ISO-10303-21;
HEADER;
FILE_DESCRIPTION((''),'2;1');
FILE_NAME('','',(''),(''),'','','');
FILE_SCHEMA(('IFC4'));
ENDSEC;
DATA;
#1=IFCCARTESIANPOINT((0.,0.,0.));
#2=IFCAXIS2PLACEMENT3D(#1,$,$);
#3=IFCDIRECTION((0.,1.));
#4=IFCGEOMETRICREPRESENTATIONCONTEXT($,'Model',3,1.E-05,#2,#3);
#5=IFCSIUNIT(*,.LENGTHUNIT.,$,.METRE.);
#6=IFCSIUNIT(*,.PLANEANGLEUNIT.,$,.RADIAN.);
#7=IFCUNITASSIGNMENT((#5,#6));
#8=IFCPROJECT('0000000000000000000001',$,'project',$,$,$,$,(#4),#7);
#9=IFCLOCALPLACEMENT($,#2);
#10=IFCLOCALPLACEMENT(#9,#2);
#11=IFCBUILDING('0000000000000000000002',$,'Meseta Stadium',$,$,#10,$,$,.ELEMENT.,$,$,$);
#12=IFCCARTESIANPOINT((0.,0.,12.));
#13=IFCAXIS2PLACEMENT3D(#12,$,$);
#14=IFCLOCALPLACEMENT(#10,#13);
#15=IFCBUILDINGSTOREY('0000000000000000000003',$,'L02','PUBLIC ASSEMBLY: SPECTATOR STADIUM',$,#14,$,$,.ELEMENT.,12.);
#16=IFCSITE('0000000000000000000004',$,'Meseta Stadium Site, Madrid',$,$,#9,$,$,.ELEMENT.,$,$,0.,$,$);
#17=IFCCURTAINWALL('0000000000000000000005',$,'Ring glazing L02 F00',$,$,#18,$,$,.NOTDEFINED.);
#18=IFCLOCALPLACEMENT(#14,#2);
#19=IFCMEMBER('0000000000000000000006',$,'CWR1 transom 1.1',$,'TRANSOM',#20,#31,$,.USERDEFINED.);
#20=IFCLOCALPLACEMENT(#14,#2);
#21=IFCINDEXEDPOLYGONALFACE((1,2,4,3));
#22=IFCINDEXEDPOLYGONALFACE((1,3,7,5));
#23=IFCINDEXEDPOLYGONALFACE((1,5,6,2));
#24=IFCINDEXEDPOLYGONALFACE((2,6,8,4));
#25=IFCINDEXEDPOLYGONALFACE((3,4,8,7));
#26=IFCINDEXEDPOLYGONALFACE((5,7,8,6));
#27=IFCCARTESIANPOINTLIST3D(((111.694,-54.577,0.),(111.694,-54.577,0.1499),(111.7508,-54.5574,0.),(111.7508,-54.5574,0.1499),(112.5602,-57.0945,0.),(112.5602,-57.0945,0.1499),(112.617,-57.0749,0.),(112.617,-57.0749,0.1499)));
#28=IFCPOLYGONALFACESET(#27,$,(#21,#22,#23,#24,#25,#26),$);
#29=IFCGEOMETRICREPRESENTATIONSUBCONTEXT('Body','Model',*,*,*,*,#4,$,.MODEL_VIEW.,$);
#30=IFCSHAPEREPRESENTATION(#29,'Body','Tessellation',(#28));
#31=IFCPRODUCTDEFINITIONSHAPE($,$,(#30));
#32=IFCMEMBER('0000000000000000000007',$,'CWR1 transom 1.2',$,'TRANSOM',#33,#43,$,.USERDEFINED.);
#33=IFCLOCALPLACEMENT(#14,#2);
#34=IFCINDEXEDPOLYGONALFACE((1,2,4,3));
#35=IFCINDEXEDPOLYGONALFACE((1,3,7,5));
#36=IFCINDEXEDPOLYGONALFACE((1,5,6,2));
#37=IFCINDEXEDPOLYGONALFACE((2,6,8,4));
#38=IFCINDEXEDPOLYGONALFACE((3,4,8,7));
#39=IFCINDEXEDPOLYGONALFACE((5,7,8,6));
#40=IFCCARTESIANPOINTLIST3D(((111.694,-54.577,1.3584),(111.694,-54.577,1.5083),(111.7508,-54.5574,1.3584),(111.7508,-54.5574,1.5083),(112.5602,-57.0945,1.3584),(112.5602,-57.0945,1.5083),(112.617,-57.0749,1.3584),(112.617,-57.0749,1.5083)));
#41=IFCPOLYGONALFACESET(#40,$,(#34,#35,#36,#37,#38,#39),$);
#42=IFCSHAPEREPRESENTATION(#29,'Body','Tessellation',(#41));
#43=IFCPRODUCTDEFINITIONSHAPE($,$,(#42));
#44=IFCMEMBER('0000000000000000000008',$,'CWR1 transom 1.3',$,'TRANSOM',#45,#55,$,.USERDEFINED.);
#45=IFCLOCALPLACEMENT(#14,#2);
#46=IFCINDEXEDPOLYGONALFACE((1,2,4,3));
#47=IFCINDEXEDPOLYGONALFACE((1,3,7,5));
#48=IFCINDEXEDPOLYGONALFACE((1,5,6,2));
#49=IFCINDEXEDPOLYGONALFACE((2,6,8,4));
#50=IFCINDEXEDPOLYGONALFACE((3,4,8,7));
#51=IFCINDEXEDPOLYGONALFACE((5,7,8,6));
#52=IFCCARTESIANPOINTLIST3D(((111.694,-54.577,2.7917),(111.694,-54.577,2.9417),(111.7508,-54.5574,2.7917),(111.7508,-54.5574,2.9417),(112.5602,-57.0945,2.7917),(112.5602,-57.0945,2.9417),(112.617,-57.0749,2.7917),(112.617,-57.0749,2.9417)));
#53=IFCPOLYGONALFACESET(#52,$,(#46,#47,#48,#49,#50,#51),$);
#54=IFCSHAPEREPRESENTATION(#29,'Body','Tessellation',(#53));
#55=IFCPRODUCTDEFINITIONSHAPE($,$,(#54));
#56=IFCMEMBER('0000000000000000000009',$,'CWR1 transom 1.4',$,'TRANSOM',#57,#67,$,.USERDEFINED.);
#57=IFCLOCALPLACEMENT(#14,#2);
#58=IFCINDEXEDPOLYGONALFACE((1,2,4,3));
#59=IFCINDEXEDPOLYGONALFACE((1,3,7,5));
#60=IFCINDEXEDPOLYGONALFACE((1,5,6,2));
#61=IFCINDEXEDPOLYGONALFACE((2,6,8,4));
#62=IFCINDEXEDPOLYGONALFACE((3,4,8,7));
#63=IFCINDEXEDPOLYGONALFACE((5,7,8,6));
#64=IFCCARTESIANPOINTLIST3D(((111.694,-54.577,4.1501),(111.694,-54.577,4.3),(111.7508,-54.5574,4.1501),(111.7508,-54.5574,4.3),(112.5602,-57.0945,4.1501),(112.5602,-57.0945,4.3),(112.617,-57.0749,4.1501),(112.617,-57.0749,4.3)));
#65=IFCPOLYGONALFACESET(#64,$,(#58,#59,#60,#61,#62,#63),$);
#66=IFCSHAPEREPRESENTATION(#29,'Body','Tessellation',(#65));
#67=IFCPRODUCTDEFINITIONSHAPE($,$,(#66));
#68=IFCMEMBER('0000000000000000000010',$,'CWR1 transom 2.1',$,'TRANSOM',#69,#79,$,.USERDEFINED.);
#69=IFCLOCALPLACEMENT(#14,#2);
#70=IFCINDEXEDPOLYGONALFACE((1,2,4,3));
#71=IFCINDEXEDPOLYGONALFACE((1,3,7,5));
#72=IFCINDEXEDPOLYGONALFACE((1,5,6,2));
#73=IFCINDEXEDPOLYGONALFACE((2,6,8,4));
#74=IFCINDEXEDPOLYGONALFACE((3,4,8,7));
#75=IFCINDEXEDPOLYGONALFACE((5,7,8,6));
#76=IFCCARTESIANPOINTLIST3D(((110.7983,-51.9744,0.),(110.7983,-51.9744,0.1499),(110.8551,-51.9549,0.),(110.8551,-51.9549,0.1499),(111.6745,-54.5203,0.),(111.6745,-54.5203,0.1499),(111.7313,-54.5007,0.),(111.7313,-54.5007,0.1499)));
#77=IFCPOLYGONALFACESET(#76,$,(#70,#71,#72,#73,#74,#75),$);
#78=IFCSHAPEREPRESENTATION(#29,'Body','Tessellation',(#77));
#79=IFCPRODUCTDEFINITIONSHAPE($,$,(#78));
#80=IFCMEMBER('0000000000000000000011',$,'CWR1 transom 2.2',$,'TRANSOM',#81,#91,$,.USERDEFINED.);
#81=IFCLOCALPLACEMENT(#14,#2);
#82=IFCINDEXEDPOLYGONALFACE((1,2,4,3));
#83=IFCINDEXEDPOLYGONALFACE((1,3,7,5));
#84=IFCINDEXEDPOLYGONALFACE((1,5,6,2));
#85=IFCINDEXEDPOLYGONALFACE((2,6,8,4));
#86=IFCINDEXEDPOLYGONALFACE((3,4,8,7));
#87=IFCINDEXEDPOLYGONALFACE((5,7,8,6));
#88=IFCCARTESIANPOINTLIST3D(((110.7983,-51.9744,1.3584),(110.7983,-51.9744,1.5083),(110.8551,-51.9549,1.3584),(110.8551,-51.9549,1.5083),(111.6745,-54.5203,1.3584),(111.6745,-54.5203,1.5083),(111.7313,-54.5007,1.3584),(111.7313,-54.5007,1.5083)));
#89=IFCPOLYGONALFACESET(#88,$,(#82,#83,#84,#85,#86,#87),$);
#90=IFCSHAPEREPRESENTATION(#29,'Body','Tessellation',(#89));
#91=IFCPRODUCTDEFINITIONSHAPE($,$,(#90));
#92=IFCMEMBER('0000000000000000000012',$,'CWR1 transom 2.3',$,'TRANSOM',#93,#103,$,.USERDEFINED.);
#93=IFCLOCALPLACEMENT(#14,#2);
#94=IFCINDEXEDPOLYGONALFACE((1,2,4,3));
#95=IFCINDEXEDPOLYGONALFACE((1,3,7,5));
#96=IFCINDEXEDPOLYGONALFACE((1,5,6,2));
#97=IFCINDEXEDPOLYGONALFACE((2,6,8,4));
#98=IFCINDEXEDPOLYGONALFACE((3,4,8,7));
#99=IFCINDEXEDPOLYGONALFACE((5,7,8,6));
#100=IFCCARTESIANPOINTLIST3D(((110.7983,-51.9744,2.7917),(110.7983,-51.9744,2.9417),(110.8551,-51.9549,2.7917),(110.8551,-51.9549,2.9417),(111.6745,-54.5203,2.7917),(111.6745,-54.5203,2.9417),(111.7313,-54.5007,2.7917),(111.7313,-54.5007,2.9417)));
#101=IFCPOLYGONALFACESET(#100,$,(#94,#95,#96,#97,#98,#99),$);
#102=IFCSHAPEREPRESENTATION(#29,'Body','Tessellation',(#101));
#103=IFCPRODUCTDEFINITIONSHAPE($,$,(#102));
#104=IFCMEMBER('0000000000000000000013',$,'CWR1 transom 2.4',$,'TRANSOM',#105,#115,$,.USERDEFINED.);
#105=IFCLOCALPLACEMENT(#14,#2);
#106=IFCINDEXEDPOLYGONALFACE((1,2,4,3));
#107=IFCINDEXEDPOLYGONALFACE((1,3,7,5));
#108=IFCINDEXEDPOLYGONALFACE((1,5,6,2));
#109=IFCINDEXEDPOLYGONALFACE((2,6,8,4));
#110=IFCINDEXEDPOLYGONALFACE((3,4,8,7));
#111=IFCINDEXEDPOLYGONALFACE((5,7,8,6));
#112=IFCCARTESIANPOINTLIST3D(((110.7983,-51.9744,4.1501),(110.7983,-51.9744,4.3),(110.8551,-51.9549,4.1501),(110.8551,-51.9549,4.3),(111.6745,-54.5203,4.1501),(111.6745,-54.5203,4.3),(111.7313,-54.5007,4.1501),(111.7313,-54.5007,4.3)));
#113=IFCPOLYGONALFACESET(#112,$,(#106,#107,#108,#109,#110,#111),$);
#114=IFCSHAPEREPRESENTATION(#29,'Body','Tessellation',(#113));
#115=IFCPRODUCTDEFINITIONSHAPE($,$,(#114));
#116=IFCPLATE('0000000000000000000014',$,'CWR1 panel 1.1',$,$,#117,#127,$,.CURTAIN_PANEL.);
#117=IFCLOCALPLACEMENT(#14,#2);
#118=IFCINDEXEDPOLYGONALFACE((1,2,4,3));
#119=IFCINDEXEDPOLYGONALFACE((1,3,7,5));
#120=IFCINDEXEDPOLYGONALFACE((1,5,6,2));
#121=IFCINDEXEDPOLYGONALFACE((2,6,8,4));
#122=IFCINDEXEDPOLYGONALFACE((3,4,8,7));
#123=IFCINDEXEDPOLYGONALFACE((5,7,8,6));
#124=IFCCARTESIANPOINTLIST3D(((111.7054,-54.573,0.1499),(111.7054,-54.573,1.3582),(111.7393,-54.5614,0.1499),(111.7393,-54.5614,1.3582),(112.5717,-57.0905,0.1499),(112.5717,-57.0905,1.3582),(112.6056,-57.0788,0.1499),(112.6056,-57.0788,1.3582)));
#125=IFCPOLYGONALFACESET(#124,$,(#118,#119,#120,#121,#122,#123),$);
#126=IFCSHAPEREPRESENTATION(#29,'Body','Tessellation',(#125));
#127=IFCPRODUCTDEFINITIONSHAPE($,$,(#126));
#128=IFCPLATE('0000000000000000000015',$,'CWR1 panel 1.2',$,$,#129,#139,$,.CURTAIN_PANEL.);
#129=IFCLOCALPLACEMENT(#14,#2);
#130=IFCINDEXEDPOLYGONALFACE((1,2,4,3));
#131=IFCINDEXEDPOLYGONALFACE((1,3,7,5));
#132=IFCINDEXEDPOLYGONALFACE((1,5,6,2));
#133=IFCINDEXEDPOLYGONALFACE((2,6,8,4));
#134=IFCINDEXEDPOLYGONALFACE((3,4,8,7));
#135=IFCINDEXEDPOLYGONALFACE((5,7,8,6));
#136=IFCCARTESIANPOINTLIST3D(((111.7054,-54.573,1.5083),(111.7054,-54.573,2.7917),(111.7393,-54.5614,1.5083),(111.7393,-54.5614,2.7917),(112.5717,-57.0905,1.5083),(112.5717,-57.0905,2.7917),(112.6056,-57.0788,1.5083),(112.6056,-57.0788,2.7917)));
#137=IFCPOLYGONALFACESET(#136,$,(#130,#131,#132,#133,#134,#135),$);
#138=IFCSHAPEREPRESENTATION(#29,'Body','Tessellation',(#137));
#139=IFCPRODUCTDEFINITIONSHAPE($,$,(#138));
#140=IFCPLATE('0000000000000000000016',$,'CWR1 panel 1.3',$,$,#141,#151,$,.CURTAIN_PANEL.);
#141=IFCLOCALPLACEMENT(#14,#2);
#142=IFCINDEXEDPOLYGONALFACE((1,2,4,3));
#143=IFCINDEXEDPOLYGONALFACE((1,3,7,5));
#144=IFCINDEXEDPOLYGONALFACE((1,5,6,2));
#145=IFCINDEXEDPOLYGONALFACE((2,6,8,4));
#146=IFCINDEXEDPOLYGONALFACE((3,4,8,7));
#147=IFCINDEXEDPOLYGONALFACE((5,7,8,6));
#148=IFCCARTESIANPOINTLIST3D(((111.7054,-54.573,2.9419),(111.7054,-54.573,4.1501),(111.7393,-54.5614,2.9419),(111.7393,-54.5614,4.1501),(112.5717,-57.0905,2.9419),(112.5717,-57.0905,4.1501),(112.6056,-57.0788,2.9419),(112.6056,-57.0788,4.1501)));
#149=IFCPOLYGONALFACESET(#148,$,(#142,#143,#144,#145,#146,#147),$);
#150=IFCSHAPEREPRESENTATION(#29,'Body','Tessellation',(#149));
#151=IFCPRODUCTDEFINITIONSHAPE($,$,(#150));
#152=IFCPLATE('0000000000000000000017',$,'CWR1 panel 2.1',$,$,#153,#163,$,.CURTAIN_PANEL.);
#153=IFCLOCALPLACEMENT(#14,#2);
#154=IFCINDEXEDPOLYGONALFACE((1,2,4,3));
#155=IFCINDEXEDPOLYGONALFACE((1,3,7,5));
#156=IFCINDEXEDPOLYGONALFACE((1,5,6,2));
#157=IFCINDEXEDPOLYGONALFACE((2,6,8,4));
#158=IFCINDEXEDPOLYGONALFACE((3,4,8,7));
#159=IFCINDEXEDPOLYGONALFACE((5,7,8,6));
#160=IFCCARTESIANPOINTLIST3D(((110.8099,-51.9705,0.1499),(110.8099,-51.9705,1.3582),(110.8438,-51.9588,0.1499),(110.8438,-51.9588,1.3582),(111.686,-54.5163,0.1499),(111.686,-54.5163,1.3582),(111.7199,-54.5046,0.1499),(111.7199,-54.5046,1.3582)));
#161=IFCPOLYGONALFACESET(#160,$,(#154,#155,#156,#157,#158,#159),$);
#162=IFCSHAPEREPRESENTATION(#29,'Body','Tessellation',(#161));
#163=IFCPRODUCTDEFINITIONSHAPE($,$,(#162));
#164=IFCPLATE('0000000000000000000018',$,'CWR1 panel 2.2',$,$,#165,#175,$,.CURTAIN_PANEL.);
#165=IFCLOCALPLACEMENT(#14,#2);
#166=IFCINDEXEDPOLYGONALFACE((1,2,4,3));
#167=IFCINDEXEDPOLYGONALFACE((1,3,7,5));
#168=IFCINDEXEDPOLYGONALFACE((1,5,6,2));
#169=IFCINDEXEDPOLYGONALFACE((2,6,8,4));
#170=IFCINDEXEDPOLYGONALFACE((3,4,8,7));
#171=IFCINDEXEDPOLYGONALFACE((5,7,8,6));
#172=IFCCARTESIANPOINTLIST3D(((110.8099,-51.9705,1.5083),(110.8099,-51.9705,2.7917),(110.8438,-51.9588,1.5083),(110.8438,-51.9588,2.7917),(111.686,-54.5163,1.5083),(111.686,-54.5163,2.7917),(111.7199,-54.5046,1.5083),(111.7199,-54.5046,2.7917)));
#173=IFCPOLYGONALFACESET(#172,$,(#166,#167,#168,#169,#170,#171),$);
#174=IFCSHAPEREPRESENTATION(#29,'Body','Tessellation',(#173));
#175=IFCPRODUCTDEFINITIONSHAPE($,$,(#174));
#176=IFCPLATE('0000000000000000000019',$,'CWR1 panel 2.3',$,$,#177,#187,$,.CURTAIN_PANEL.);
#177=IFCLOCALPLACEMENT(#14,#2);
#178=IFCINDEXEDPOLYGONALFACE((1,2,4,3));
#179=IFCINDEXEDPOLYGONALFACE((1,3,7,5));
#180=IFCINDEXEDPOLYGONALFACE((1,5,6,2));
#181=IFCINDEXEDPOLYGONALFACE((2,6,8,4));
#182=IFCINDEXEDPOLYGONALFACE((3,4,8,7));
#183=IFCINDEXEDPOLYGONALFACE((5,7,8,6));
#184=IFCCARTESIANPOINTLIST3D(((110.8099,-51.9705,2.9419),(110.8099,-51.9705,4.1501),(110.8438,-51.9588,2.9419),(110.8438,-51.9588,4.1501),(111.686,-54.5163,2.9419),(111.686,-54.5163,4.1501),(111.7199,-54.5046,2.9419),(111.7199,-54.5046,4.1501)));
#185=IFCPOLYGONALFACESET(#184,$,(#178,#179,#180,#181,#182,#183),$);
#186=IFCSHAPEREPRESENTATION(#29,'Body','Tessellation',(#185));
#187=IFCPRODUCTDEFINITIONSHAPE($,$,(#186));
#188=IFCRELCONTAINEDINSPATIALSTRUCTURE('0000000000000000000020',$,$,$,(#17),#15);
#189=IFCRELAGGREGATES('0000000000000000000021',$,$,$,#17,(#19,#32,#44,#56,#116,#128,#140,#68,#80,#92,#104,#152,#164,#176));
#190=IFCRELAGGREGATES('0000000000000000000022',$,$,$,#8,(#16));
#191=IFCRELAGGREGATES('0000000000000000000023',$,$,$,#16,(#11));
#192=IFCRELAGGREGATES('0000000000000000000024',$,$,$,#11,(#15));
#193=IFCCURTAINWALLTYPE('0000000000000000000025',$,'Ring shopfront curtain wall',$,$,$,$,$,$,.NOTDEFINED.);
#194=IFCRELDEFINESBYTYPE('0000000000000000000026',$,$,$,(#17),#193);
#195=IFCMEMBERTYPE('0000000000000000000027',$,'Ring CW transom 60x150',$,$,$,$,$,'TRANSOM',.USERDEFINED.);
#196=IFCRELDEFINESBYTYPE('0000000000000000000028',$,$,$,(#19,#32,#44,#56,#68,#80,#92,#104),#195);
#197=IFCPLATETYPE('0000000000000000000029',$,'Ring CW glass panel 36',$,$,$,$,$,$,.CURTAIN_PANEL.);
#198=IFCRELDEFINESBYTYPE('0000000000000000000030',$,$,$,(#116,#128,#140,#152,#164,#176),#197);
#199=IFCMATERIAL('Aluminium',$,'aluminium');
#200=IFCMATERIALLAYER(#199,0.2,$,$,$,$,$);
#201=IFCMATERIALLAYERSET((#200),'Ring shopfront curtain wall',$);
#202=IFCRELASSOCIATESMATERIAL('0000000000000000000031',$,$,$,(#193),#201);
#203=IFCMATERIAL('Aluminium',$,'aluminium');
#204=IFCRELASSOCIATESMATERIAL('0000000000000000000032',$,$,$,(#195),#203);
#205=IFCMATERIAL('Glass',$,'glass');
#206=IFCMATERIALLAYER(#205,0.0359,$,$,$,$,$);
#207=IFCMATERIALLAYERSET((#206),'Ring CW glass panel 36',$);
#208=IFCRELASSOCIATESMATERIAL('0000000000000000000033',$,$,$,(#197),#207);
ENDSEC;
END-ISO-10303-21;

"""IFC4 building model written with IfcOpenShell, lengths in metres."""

from ifc_helpers import new_model, si_unit, direction, frame, origin, origin_2d, place, context, subcontext, project, spatial, rectangle, extrude, material, layer, layer_set, material_profile, profile_set, type_object, element, aggregate, save


model = new_model("IFC4")

# Units and contexts
model_context = context("Model", 3, precision=1e-05, world=origin(), true_north=direction((0.0, 1.0)))
body_context = subcontext(model_context, "Body", "Model", "MODEL_VIEW")
ifc_project = project(units=[si_unit("LENGTHUNIT", "METRE"), si_unit("PLANEANGLEUNIT", "RADIAN")], contexts=[model_context])

# Site, building, storey
site_placement = place(None, origin())
site = spatial("IfcSite", under=ifc_project, at=site_placement, Name="Meseta Stadium Site, Madrid", CompositionType="ELEMENT", RefElevation=0.0)
building_placement = place(site_placement, origin())
building = spatial("IfcBuilding", under=site, at=building_placement, Name="Meseta Stadium", CompositionType="ELEMENT")
storey_placement = place(building_placement, frame((0.0, 0.0, 12.0)))
storey = spatial("IfcBuildingStorey", under=building, at=storey_placement, Name="L02", Description="PUBLIC ASSEMBLY: SPECTATOR STADIUM", CompositionType="ELEMENT", Elevation=12.0)

# Curtain wall, members, plates
ifc_material_1 = material(Name="Aluminium", Category="aluminium")
ifc_layer_1 = layer(ifc_material_1, 0.2)
ifc_layer_set_1 = layer_set([ifc_layer_1], Name="Ring shopfront curtain wall")
curtain_wall_type = type_object("IfcCurtainWallType", Name="Ring shopfront curtain wall", PredefinedType="NOTDEFINED", material=ifc_layer_set_1)
curtain_wall_placement = place(storey_placement, origin())
curtain_wall = element("IfcCurtainWall", 1, at=curtain_wall_placement, inside=storey, type_object=curtain_wall_type, Name="Ring glazing L02 F00", PredefinedType="NOTDEFINED")
ifc_material_2 = material(Name="Aluminium", Category="aluminium")
ifc_material_profile_1 = material_profile(ifc_material_2, rectangle(XDim=0.0601, YDim=0.1499, at=origin_2d()), Name="CW 60x150")
ifc_profile_set_1 = profile_set([ifc_material_profile_1], Name="Aluminium")
member_type_1 = type_object("IfcMemberType", Name="Ring CW transom 60x150", ElementType="TRANSOM", PredefinedType="USERDEFINED", material=ifc_profile_set_1)
member_1_placement = place(storey_placement, frame((112.5886, -57.0847, 0.075), z_axis=(-0.325346, 0.945595, 0.0), x_axis=(-0.945595, -0.325346, 0.0)))
member_1 = element("IfcMember", 2, at=member_1_placement, type_object=member_type_1, Name="CWR1 transom 1.1", ObjectType="TRANSOM", PredefinedType="USERDEFINED", context=body_context, shape_type="SweptSolid", body=[
    extrude(rectangle(XDim=0.0601, YDim=0.1499, at=origin_2d()), origin(), (0.0, 0.0, 1.0), 2.6624),
])
member_2_placement = place(storey_placement, frame((112.5886, -57.0847, 1.4333), z_axis=(-0.325346, 0.945595, 0.0), x_axis=(-0.945595, -0.325346, 0.0)))
member_2 = element("IfcMember", 3, at=member_2_placement, type_object=member_type_1, Name="CWR1 transom 1.2", ObjectType="TRANSOM", PredefinedType="USERDEFINED", context=body_context, shape_type="SweptSolid", body=[
    extrude(rectangle(XDim=0.0601, YDim=0.1499, at=origin_2d()), origin(), (0.0, 0.0, 1.0), 2.6624),
])
member_3_placement = place(storey_placement, frame((112.5886, -57.0847, 2.8667), z_axis=(-0.325346, 0.945595, 0.0), x_axis=(-0.945595, -0.325346, 0.0)))
member_3 = element("IfcMember", 4, at=member_3_placement, type_object=member_type_1, Name="CWR1 transom 1.3", ObjectType="TRANSOM", PredefinedType="USERDEFINED", context=body_context, shape_type="SweptSolid", body=[
    extrude(rectangle(XDim=0.0601, YDim=0.1499, at=origin_2d()), origin(), (0.0, 0.0, 1.0), 2.6624),
])
member_4_placement = place(storey_placement, frame((112.5886, -57.0847, 4.2251), z_axis=(-0.325346, 0.945595, 0.0), x_axis=(-0.945595, -0.325346, 0.0)))
member_4 = element("IfcMember", 5, at=member_4_placement, type_object=member_type_1, Name="CWR1 transom 1.4", ObjectType="TRANSOM", PredefinedType="USERDEFINED", context=body_context, shape_type="SweptSolid", body=[
    extrude(rectangle(XDim=0.0601, YDim=0.1499, at=origin_2d()), origin(), (0.0, 0.0, 1.0), 2.6624),
])
member_5_placement = place(storey_placement, frame((111.7029, -54.5105, 0.075), z_axis=(-0.325435, 0.945565, 0.0), x_axis=(-0.945565, -0.325435, 0.0)))
member_5 = element("IfcMember", 6, at=member_5_placement, type_object=member_type_1, Name="CWR1 transom 2.1", ObjectType="TRANSOM", PredefinedType="USERDEFINED", context=body_context, shape_type="SweptSolid", body=[
    extrude(rectangle(XDim=0.0601, YDim=0.1499, at=origin_2d()), origin(), (0.0, 0.0, 1.0), 2.6924),
])
member_6_placement = place(storey_placement, frame((111.7029, -54.5105, 1.4333), z_axis=(-0.325435, 0.945565, 0.0), x_axis=(-0.945565, -0.325435, 0.0)))
member_6 = element("IfcMember", 7, at=member_6_placement, type_object=member_type_1, Name="CWR1 transom 2.2", ObjectType="TRANSOM", PredefinedType="USERDEFINED", context=body_context, shape_type="SweptSolid", body=[
    extrude(rectangle(XDim=0.0601, YDim=0.1499, at=origin_2d()), origin(), (0.0, 0.0, 1.0), 2.6924),
])
member_7_placement = place(storey_placement, frame((111.7029, -54.5105, 2.8667), z_axis=(-0.325435, 0.945565, 0.0), x_axis=(-0.945565, -0.325435, 0.0)))
member_7 = element("IfcMember", 8, at=member_7_placement, type_object=member_type_1, Name="CWR1 transom 2.3", ObjectType="TRANSOM", PredefinedType="USERDEFINED", context=body_context, shape_type="SweptSolid", body=[
    extrude(rectangle(XDim=0.0601, YDim=0.1499, at=origin_2d()), origin(), (0.0, 0.0, 1.0), 2.6924),
])
member_8_placement = place(storey_placement, frame((111.7029, -54.5105, 4.2251), z_axis=(-0.325435, 0.945565, 0.0), x_axis=(-0.945565, -0.325435, 0.0)))
member_8 = element("IfcMember", 9, at=member_8_placement, type_object=member_type_1, Name="CWR1 transom 2.4", ObjectType="TRANSOM", PredefinedType="USERDEFINED", context=body_context, shape_type="SweptSolid", body=[
    extrude(rectangle(XDim=0.0601, YDim=0.1499, at=origin_2d()), origin(), (0.0, 0.0, 1.0), 2.6924),
])
ifc_material_3 = material(Name="Glass", Category="glass")
ifc_layer_2 = layer(ifc_material_3, 0.0359)
ifc_layer_set_2 = layer_set([ifc_layer_2], Name="Ring CW glass panel 36")
plate_type_1 = type_object("IfcPlateType", Name="Ring CW glass panel 36", PredefinedType="CURTAIN_PANEL", material=ifc_layer_set_2)
plate_1_placement = place(storey_placement, frame((112.1555, -55.8259, 0.1499), z_axis=(0.0, 0.0, 1.0), x_axis=(-0.325386, 0.945581, 0.0)))
plate_1 = element("IfcPlate", 10, at=plate_1_placement, type_object=plate_type_1, Name="CWR1 panel 1.1", PredefinedType="CURTAIN_PANEL", context=body_context, shape_type="SweptSolid", body=[
    extrude(rectangle(XDim=2.6624, YDim=0.0359, at=origin_2d()), origin(), (0.0, 0.0, 1.0), 1.2083),
])
plate_2_placement = place(storey_placement, frame((112.1555, -55.8259, 1.5083), z_axis=(0.0, 0.0, 1.0), x_axis=(-0.325386, 0.945581, 0.0)))
plate_2 = element("IfcPlate", 11, at=plate_2_placement, type_object=plate_type_1, Name="CWR1 panel 1.2", PredefinedType="CURTAIN_PANEL", context=body_context, shape_type="SweptSolid", body=[
    extrude(rectangle(XDim=2.6624, YDim=0.0359, at=origin_2d()), origin(), (0.0, 0.0, 1.0), 1.2834),
])
plate_3_placement = place(storey_placement, frame((112.1555, -55.8259, 2.9419), z_axis=(0.0, 0.0, 1.0), x_axis=(-0.325386, 0.945581, 0.0)))
plate_3 = element("IfcPlate", 12, at=plate_3_placement, type_object=plate_type_1, Name="CWR1 panel 1.3", PredefinedType="CURTAIN_PANEL", context=body_context, shape_type="SweptSolid", body=[
    extrude(rectangle(XDim=2.6624, YDim=0.0359, at=origin_2d()), origin(), (0.0, 0.0, 1.0), 1.2083),
])
plate_4_placement = place(storey_placement, frame((111.2649, -53.2375, 0.1499), z_axis=(0.0, 0.0, 1.0), x_axis=(-0.325386, 0.945581, 0.0)))
plate_4 = element("IfcPlate", 13, at=plate_4_placement, type_object=plate_type_1, Name="CWR1 panel 2.1", PredefinedType="CURTAIN_PANEL", context=body_context, shape_type="SweptSolid", body=[
    extrude(rectangle(XDim=2.6924, YDim=0.0359, at=origin_2d()), origin(), (0.0, 0.0, 1.0), 1.2083),
])
plate_5_placement = place(storey_placement, frame((111.2649, -53.2375, 1.5083), z_axis=(0.0, 0.0, 1.0), x_axis=(-0.325386, 0.945581, 0.0)))
plate_5 = element("IfcPlate", 14, at=plate_5_placement, type_object=plate_type_1, Name="CWR1 panel 2.2", PredefinedType="CURTAIN_PANEL", context=body_context, shape_type="SweptSolid", body=[
    extrude(rectangle(XDim=2.6924, YDim=0.0359, at=origin_2d()), origin(), (0.0, 0.0, 1.0), 1.2834),
])
plate_6_placement = place(storey_placement, frame((111.2649, -53.2375, 2.9419), z_axis=(0.0, 0.0, 1.0), x_axis=(-0.325386, 0.945581, 0.0)))
plate_6 = element("IfcPlate", 15, at=plate_6_placement, type_object=plate_type_1, Name="CWR1 panel 2.3", PredefinedType="CURTAIN_PANEL", context=body_context, shape_type="SweptSolid", body=[
    extrude(rectangle(XDim=2.6924, YDim=0.0359, at=origin_2d()), origin(), (0.0, 0.0, 1.0), 1.2083),
])
aggregate(curtain_wall, [member_1, member_2, member_3, member_4, plate_1, plate_2, plate_3, member_5, member_6, member_7, member_8, plate_4, plate_5, plate_6])

save(model, "model.ifc")
